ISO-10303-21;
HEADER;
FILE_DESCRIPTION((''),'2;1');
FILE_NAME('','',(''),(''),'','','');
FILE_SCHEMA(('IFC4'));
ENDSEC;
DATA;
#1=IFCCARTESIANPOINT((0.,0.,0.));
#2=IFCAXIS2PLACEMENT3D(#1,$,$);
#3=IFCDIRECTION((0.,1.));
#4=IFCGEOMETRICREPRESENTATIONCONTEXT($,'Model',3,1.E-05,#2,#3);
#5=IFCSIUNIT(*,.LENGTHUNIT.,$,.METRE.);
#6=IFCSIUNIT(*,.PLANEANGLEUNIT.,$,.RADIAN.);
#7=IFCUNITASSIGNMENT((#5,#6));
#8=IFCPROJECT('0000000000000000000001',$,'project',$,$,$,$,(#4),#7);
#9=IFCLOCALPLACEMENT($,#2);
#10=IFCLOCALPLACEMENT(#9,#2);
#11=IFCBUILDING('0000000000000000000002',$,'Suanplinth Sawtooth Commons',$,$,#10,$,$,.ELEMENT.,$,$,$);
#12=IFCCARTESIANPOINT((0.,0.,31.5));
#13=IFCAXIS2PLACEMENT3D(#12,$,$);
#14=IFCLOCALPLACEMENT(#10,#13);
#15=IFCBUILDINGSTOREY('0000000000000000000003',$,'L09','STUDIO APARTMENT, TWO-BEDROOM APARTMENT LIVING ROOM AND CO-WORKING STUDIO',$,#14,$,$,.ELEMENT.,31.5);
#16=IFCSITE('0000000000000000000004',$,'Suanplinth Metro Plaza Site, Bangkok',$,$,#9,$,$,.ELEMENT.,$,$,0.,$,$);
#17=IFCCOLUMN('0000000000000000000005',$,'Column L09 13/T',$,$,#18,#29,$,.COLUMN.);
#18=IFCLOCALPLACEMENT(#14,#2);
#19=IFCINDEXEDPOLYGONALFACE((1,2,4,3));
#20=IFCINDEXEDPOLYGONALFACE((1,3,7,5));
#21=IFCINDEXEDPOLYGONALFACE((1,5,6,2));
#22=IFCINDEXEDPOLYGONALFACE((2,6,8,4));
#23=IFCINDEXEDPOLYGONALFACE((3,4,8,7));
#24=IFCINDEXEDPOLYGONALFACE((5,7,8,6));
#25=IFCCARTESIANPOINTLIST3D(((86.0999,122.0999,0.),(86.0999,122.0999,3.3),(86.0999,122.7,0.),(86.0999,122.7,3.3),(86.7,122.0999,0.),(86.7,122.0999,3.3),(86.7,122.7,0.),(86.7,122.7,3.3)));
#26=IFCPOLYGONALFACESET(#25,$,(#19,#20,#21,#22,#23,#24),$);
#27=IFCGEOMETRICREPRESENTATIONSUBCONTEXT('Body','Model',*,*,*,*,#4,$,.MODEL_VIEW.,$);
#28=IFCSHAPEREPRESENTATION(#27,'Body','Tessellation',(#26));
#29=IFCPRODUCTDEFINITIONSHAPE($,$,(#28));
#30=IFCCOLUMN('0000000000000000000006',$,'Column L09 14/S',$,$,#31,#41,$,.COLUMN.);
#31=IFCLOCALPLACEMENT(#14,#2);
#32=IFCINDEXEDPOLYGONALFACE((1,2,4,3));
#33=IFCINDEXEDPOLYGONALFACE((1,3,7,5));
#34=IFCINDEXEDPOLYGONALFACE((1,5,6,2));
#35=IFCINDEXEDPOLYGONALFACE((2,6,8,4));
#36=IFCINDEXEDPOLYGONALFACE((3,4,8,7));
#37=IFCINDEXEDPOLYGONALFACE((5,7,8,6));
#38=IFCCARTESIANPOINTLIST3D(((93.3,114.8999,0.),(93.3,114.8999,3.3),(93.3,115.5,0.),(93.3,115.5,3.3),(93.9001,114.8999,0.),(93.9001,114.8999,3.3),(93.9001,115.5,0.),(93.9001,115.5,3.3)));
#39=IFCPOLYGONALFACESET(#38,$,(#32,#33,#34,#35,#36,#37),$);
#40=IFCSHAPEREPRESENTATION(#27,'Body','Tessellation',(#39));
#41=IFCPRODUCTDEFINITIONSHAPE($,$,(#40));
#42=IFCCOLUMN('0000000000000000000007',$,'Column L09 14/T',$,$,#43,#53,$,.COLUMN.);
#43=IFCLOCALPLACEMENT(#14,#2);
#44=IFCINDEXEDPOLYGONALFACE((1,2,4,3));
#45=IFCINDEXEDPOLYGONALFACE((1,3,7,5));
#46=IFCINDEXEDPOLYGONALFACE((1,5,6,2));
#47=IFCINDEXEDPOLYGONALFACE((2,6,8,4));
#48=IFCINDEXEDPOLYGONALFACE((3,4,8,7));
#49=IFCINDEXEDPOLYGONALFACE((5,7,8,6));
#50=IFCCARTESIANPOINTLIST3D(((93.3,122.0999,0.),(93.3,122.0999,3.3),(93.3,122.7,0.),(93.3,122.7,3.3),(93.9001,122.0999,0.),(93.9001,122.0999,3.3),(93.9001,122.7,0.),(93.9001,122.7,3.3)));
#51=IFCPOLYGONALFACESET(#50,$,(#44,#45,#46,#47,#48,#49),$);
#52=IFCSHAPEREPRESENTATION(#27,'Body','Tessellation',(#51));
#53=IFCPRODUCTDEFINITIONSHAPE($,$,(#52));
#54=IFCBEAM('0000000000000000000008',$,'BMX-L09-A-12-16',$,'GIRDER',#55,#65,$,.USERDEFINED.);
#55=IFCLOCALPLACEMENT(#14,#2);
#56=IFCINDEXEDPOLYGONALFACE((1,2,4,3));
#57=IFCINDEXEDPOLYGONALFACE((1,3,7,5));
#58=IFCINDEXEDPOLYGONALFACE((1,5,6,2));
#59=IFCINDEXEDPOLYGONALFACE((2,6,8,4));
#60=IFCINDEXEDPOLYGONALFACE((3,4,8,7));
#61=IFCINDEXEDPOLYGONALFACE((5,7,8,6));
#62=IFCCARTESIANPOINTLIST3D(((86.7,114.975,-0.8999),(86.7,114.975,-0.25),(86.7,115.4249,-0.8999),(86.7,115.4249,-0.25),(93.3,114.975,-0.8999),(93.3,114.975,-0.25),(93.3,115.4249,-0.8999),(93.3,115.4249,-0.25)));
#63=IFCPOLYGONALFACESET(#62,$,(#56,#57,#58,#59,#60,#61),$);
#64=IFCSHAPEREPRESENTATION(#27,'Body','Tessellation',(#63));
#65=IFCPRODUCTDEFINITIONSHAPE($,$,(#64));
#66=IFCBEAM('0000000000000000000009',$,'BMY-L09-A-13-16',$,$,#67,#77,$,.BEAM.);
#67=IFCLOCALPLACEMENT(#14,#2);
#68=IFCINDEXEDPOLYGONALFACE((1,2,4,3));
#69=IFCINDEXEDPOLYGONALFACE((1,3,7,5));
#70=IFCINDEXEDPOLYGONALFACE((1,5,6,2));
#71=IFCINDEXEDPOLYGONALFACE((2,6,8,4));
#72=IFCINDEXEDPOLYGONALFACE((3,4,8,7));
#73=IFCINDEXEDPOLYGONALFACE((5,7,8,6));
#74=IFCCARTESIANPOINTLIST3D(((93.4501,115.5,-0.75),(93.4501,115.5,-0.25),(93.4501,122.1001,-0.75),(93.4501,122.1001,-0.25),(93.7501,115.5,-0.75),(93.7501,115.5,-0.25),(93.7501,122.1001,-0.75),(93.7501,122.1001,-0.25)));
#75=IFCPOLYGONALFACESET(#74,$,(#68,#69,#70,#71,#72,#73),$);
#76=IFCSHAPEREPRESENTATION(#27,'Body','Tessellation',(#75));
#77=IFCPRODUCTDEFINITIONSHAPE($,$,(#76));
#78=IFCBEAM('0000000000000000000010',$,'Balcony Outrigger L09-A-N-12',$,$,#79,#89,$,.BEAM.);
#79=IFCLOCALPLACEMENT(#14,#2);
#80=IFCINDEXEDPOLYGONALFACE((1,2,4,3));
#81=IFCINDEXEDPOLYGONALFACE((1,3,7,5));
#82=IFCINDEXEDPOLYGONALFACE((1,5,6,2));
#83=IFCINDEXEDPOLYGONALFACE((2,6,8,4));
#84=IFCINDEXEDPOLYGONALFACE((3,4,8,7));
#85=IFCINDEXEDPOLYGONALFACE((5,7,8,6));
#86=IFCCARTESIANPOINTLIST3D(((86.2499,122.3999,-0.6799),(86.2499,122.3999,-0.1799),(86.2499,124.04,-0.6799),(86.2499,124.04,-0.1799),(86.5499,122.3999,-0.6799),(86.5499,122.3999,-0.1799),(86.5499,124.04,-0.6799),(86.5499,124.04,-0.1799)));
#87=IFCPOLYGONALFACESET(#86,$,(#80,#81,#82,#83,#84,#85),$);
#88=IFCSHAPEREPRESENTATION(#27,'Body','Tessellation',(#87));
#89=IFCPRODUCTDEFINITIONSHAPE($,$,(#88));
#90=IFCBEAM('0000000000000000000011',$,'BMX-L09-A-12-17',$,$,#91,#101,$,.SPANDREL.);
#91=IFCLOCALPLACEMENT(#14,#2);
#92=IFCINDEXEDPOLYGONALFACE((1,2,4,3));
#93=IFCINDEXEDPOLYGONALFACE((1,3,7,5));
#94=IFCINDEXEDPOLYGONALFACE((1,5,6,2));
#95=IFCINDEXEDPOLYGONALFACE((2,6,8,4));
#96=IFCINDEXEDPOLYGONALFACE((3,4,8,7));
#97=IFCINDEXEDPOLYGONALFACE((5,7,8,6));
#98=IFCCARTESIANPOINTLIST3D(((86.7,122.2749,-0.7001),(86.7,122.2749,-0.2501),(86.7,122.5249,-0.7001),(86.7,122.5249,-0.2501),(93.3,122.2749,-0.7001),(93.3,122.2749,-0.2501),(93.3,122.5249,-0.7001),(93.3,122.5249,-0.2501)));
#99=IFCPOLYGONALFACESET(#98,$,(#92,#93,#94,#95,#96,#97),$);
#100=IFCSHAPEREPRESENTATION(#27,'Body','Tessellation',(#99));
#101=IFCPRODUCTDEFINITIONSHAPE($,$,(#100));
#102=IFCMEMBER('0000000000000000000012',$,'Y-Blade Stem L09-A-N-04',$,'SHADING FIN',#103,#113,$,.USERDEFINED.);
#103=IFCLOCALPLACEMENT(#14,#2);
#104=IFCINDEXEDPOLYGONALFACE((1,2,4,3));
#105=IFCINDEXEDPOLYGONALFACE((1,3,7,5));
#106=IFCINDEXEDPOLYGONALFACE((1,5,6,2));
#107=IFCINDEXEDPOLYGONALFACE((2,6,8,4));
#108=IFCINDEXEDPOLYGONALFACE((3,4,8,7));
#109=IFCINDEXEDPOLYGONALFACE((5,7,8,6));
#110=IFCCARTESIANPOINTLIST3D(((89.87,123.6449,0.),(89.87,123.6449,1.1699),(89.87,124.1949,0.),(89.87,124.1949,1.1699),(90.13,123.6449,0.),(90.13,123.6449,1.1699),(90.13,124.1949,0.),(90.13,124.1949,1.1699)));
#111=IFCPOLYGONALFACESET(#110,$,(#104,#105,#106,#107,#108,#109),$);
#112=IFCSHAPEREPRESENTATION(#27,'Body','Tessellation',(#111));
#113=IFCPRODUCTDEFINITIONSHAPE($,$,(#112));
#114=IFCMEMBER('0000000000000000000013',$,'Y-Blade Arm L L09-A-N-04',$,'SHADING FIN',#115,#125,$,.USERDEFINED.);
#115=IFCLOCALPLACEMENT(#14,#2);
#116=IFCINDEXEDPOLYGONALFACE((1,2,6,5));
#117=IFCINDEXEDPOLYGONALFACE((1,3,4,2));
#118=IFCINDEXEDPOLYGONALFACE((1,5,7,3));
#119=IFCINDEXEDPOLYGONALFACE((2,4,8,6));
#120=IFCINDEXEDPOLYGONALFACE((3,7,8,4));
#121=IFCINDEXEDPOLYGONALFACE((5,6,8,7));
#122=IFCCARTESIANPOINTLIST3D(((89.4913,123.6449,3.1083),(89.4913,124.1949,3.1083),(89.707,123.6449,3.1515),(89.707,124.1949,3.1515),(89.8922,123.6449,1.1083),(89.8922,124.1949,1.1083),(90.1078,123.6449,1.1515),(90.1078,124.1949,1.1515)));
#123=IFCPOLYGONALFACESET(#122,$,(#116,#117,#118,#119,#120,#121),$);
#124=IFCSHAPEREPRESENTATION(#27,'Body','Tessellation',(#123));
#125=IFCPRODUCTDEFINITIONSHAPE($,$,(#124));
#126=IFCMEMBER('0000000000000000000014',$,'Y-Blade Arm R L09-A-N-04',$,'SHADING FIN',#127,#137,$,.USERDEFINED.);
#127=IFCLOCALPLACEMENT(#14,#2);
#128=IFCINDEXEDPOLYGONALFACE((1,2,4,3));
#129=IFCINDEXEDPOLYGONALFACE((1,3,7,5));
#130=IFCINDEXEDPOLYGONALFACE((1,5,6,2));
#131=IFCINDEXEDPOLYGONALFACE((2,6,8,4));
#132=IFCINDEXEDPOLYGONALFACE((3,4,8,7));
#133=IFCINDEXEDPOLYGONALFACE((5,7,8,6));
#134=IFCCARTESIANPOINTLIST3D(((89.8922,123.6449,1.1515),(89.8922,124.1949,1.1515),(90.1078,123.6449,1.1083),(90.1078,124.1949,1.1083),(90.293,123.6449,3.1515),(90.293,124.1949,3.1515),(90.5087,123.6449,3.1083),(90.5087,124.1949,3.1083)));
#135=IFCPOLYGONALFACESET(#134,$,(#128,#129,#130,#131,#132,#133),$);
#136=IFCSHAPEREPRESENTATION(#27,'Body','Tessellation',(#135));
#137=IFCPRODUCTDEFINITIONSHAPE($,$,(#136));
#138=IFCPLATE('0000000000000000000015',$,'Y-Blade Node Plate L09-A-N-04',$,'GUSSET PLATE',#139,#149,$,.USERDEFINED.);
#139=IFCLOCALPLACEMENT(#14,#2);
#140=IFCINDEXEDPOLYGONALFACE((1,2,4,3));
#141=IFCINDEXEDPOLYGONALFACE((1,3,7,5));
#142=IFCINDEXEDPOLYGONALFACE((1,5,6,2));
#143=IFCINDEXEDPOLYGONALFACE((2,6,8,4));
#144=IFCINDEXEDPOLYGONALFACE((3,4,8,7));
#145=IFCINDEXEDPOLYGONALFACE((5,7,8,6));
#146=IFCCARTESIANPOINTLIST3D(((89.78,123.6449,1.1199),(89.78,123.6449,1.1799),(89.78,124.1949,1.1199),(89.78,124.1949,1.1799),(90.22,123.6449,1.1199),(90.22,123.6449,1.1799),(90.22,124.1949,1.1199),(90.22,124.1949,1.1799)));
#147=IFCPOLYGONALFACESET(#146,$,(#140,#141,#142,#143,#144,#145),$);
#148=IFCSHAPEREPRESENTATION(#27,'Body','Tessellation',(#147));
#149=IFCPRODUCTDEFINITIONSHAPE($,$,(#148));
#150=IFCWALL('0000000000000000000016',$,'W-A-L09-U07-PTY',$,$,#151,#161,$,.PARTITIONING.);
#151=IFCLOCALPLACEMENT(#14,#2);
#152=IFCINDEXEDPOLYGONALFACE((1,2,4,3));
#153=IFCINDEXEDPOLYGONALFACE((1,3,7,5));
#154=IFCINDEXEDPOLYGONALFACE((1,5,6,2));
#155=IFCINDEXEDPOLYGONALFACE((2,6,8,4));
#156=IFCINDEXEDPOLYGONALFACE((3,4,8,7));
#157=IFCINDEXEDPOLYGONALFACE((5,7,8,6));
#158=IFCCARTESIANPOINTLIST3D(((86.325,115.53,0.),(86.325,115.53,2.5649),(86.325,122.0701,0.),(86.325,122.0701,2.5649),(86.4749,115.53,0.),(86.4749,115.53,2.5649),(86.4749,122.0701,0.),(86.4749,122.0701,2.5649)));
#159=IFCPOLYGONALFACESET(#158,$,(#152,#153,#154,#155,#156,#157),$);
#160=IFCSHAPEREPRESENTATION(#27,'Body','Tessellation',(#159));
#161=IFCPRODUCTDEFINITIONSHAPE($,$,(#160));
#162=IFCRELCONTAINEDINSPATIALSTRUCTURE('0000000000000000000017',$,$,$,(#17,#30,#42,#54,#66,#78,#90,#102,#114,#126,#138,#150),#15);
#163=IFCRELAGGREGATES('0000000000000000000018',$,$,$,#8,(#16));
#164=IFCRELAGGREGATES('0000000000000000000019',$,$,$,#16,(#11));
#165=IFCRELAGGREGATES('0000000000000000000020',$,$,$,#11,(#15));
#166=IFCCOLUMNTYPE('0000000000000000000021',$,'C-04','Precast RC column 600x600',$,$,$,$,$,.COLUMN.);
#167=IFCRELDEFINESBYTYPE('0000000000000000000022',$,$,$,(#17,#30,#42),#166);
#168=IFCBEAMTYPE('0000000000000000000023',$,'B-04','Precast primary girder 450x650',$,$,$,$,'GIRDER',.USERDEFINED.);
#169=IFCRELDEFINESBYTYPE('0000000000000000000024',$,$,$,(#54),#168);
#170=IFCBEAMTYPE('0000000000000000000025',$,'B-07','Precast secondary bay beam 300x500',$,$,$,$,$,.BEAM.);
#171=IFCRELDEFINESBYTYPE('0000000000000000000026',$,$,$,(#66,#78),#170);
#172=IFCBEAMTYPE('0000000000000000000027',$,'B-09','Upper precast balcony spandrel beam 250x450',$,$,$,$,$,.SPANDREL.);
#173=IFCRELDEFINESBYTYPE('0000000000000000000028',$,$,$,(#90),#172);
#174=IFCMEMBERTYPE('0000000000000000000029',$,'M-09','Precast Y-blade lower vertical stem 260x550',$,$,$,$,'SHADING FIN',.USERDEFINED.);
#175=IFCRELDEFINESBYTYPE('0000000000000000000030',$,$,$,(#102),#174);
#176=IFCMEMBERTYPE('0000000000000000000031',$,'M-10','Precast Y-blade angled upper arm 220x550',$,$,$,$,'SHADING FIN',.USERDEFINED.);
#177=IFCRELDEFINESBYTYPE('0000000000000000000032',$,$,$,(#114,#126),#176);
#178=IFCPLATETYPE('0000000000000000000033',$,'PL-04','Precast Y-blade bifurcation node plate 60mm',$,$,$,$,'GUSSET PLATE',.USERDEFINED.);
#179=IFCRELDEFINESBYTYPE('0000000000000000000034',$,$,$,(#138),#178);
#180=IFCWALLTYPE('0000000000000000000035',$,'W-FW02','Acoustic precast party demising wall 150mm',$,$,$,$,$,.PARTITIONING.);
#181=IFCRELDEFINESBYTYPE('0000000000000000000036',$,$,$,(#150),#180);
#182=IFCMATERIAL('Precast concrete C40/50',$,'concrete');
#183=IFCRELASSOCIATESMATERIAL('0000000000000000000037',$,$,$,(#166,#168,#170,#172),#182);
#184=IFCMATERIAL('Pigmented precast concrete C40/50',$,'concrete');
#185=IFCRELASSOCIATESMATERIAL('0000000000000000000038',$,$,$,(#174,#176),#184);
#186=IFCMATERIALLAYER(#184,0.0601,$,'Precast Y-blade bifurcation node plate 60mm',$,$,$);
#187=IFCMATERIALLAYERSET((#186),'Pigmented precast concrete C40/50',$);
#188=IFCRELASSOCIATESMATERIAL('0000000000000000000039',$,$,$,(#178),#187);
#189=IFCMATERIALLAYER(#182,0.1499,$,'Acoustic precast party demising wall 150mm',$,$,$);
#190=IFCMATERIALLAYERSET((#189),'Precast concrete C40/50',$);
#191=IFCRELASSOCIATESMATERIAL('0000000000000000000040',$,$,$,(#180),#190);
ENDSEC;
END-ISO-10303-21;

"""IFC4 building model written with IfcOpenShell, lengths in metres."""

from ifc_helpers import new_model, si_unit, direction, frame, frame_2d, origin, origin_2d, place, context, subcontext, project, spatial, rectangle, extrude, material, layer, layer_set, material_profile, profile_set, type_object, element, save


model = new_model("IFC4")

# Units and contexts
model_context = context("Model", 3, precision=1e-05, world=origin(), true_north=direction((0.0, 1.0)))
body_context = subcontext(model_context, "Body", "Model", "MODEL_VIEW")
ifc_project = project(units=[si_unit("LENGTHUNIT", "METRE"), si_unit("PLANEANGLEUNIT", "RADIAN")], contexts=[model_context])

# Site, building, storey
site_placement = place(None, origin())
site = spatial("IfcSite", under=ifc_project, at=site_placement, Name="Suanplinth Metro Plaza Site, Bangkok", CompositionType="ELEMENT", RefElevation=0.0)
building_placement = place(site_placement, origin())
building = spatial("IfcBuilding", under=site, at=building_placement, Name="Suanplinth Sawtooth Commons", CompositionType="ELEMENT")
storey_placement = place(building_placement, frame((0.0, 0.0, 31.5)))
storey = spatial("IfcBuildingStorey", under=building, at=storey_placement, Name="L09", Description="STUDIO APARTMENT, TWO-BEDROOM APARTMENT LIVING ROOM AND CO-WORKING STUDIO", CompositionType="ELEMENT", Elevation=31.5)

# Columns
ifc_material_1 = material(Name="Precast concrete C40/50", Category="concrete")
ifc_material_profile_1 = material_profile(ifc_material_1, rectangle(XDim=0.6001, YDim=0.6001, at=origin_2d()), Name="PC-COL 600x600")
ifc_profile_set_1 = profile_set([ifc_material_profile_1], Name="Precast concrete C40/50")
column_type = type_object("IfcColumnType", Name="C-04", Description="Precast RC column 600x600", PredefinedType="COLUMN", material=ifc_profile_set_1)
for number, where, z_axis, x_axis, name in (
    (1, (86.3999, 122.3999, 0.0), (0.0, 0.0, 1.0), (1.0, 0.0, 0.0), "Column L09 13/T"),
    (2, (93.6001, 115.2, 0.0), (0.0, 0.0, 1.0), (1.0, 0.0, 0.0), "Column L09 14/S"),
    (3, (93.6001, 122.3999, 0.0), (0.0, 0.0, 1.0), (1.0, 0.0, 0.0), "Column L09 14/T"),
):
    element("IfcColumn", number, at=place(storey_placement, frame(where, z_axis=z_axis, x_axis=x_axis)), inside=storey, type_object=column_type, Name=name, PredefinedType="COLUMN", context=body_context, shape_type="SweptSolid", body=[
        extrude(rectangle(XDim=0.6001, YDim=0.6001, at=origin_2d()), origin(), (0.0, 0.0, 1.0), 3.3),
    ])

# Beams
ifc_material_profile_2 = material_profile(ifc_material_1, rectangle(XDim=0.45, YDim=0.6499, at=origin_2d()), Name="PC-GDR 450x650")
ifc_profile_set_2 = profile_set([ifc_material_profile_2], Name="Precast concrete C40/50")
beam_type_1 = type_object("IfcBeamType", Name="B-04", Description="Precast primary girder 450x650", ElementType="GIRDER", PredefinedType="USERDEFINED", material=ifc_profile_set_2)
beam_1_placement = place(storey_placement, frame((86.7, 115.2, -0.575), z_axis=(1.0, 0.0, 0.0), x_axis=(0.0, 1.0, 0.0)))
element("IfcBeam", 4, at=beam_1_placement, inside=storey, type_object=beam_type_1, Name="BMX-L09-A-12-16", ObjectType="GIRDER", PredefinedType="USERDEFINED", context=body_context, shape_type="SweptSolid", body=[
    extrude(rectangle(XDim=0.45, YDim=0.6499, at=origin_2d()), origin(), (0.0, 0.0, 1.0), 6.6001),
])
ifc_material_profile_3 = material_profile(ifc_material_1, rectangle(XDim=0.3, YDim=0.5, at=origin_2d()), Name="PC-BM 300x500")
ifc_profile_set_3 = profile_set([ifc_material_profile_3], Name="Precast concrete C40/50")
beam_type_2 = type_object("IfcBeamType", Name="B-07", Description="Precast secondary bay beam 300x500", PredefinedType="BEAM", material=ifc_profile_set_3)
beam_2_placement = place(storey_placement, frame((93.6001, 115.5, -0.5), z_axis=(0.0, 1.0, 0.0), x_axis=(-1.0, 0.0, 0.0)))
element("IfcBeam", 5, at=beam_2_placement, inside=storey, type_object=beam_type_2, Name="BMY-L09-A-13-16", PredefinedType="BEAM", context=body_context, shape_type="SweptSolid", body=[
    extrude(rectangle(XDim=0.3, YDim=0.5, at=origin_2d()), origin(), (0.0, 0.0, 1.0), 6.6001),
])
beam_3_placement = place(storey_placement, frame((86.3999, 122.3999, -0.4299), z_axis=(0.0, 1.0, 0.0), x_axis=(-1.0, 0.0, 0.0)))
element("IfcBeam", 6, at=beam_3_placement, inside=storey, type_object=beam_type_2, Name="Balcony Outrigger L09-A-N-12", PredefinedType="BEAM", context=body_context, shape_type="SweptSolid", body=[
    extrude(rectangle(XDim=0.3, YDim=0.5, at=origin_2d()), origin(), (0.0, 0.0, 1.0), 1.6401),
])
ifc_material_profile_4 = material_profile(ifc_material_1, rectangle(XDim=0.25, YDim=0.45, at=origin_2d()), Name="PC-SP 250x450")
ifc_profile_set_4 = profile_set([ifc_material_profile_4], Name="Precast concrete C40/50")
beam_type_3 = type_object("IfcBeamType", Name="B-09", Description="Upper precast balcony spandrel beam 250x450", PredefinedType="SPANDREL", material=ifc_profile_set_4)
beam_4_placement = place(storey_placement, frame((86.7, 122.3999, -0.4751), z_axis=(1.0, 0.0, 0.0), x_axis=(0.0, 1.0, 0.0)))
element("IfcBeam", 7, at=beam_4_placement, inside=storey, type_object=beam_type_3, Name="BMX-L09-A-12-17", PredefinedType="SPANDREL", context=body_context, shape_type="SweptSolid", body=[
    extrude(rectangle(XDim=0.25, YDim=0.45, at=origin_2d()), origin(), (0.0, 0.0, 1.0), 6.6001),
])

# Members
ifc_material_2 = material(Name="Pigmented precast concrete C40/50", Category="concrete")
ifc_material_profile_5 = material_profile(ifc_material_2, rectangle(XDim=0.26, YDim=0.55, at=origin_2d()), Name="PC-FIN 260x550")
ifc_profile_set_5 = profile_set([ifc_material_profile_5], Name="Pigmented precast concrete C40/50")
member_type_1 = type_object("IfcMemberType", Name="M-09", Description="Precast Y-blade lower vertical stem 260x550", ElementType="SHADING FIN", PredefinedType="USERDEFINED", material=ifc_profile_set_5)
member_placement = place(storey_placement, frame((90.0, 123.9199, 0.0), z_axis=(0.0, 0.0, 1.0), x_axis=(1.0, 0.0, 0.0)))
element("IfcMember", 8, at=member_placement, inside=storey, type_object=member_type_1, Name="Y-Blade Stem L09-A-N-04", ObjectType="SHADING FIN", PredefinedType="USERDEFINED", context=body_context, shape_type="SweptSolid", body=[
    extrude(rectangle(XDim=0.26, YDim=0.55, at=origin_2d()), origin(), (0.0, 0.0, 1.0), 1.1699),
])
ifc_material_profile_6 = material_profile(ifc_material_2, rectangle(XDim=0.22, YDim=0.55, at=origin_2d()), Name="PC-FIN 220x550")
ifc_profile_set_6 = profile_set([ifc_material_profile_6], Name="Pigmented precast concrete C40/50")
member_type_2 = type_object("IfcMemberType", Name="M-10", Description="Precast Y-blade angled upper arm 220x550", ElementType="SHADING FIN", PredefinedType="USERDEFINED", material=ifc_profile_set_6)
for number, where, z_axis, x_axis, name in (
    (9, (90.0, 123.9199, 1.1299), (-0.19653, 0.0, 0.980498), (0.980498, 0.0, 0.19653), "Y-Blade Arm L L09-A-N-04"),
    (10, (90.0, 123.9199, 1.1299), (0.19653, 0.0, 0.980498), (-0.980498, 0.0, 0.19653), "Y-Blade Arm R L09-A-N-04"),
):
    element("IfcMember", number, at=place(storey_placement, frame(where, z_axis=z_axis, x_axis=x_axis)), inside=storey, type_object=member_type_2, Name=name, ObjectType="SHADING FIN", PredefinedType="USERDEFINED", context=body_context, shape_type="SweptSolid", body=[
        extrude(rectangle(XDim=0.22, YDim=0.55, at=origin_2d()), origin(), (0.0, 0.0, 1.0), 2.0398),
    ])

# Plate
ifc_layer_1 = layer(ifc_material_2, 0.0601, Name="Precast Y-blade bifurcation node plate 60mm")
ifc_layer_set_1 = layer_set([ifc_layer_1], Name="Pigmented precast concrete C40/50")
plate_type = type_object("IfcPlateType", Name="PL-04", Description="Precast Y-blade bifurcation node plate 60mm", ElementType="GUSSET PLATE", PredefinedType="USERDEFINED", material=ifc_layer_set_1)
plate_placement = place(storey_placement, frame((90.0, 123.9199, 1.1199), z_axis=(0.0, 0.0, 1.0), x_axis=(1.0, 0.0, 0.0)))
element("IfcPlate", 11, at=plate_placement, inside=storey, type_object=plate_type, Name="Y-Blade Node Plate L09-A-N-04", ObjectType="GUSSET PLATE", PredefinedType="USERDEFINED", context=body_context, shape_type="SweptSolid", body=[
    extrude(rectangle(XDim=0.4399, YDim=0.55, at=origin_2d()), origin(), (0.0, 0.0, 1.0), 0.0601),
])

# Wall
ifc_layer_2 = layer(ifc_material_1, 0.1499, Name="Acoustic precast party demising wall 150mm")
ifc_layer_set_2 = layer_set([ifc_layer_2], Name="Precast concrete C40/50")
wall_type_1 = type_object("IfcWallType", Name="W-FW02", Description="Acoustic precast party demising wall 150mm", PredefinedType="PARTITIONING", material=ifc_layer_set_2)
wall_1_placement = place(storey_placement, frame((86.3999, 115.53, 0.0), z_axis=(0.0, 0.0, 1.0), x_axis=(0.0, 1.0, 0.0)))
element("IfcWall", 12, at=wall_1_placement, inside=storey, type_object=wall_type_1, Name="W-A-L09-U07-PTY", PredefinedType="PARTITIONING", context=body_context, shape_type="SweptSolid", body=[
    extrude(rectangle(XDim=6.54, YDim=0.1499, at=frame_2d((3.27, 0.0))), origin(), (0.0, 0.0, 1.0), 2.5649),
])

save(model, "model.ifc")
